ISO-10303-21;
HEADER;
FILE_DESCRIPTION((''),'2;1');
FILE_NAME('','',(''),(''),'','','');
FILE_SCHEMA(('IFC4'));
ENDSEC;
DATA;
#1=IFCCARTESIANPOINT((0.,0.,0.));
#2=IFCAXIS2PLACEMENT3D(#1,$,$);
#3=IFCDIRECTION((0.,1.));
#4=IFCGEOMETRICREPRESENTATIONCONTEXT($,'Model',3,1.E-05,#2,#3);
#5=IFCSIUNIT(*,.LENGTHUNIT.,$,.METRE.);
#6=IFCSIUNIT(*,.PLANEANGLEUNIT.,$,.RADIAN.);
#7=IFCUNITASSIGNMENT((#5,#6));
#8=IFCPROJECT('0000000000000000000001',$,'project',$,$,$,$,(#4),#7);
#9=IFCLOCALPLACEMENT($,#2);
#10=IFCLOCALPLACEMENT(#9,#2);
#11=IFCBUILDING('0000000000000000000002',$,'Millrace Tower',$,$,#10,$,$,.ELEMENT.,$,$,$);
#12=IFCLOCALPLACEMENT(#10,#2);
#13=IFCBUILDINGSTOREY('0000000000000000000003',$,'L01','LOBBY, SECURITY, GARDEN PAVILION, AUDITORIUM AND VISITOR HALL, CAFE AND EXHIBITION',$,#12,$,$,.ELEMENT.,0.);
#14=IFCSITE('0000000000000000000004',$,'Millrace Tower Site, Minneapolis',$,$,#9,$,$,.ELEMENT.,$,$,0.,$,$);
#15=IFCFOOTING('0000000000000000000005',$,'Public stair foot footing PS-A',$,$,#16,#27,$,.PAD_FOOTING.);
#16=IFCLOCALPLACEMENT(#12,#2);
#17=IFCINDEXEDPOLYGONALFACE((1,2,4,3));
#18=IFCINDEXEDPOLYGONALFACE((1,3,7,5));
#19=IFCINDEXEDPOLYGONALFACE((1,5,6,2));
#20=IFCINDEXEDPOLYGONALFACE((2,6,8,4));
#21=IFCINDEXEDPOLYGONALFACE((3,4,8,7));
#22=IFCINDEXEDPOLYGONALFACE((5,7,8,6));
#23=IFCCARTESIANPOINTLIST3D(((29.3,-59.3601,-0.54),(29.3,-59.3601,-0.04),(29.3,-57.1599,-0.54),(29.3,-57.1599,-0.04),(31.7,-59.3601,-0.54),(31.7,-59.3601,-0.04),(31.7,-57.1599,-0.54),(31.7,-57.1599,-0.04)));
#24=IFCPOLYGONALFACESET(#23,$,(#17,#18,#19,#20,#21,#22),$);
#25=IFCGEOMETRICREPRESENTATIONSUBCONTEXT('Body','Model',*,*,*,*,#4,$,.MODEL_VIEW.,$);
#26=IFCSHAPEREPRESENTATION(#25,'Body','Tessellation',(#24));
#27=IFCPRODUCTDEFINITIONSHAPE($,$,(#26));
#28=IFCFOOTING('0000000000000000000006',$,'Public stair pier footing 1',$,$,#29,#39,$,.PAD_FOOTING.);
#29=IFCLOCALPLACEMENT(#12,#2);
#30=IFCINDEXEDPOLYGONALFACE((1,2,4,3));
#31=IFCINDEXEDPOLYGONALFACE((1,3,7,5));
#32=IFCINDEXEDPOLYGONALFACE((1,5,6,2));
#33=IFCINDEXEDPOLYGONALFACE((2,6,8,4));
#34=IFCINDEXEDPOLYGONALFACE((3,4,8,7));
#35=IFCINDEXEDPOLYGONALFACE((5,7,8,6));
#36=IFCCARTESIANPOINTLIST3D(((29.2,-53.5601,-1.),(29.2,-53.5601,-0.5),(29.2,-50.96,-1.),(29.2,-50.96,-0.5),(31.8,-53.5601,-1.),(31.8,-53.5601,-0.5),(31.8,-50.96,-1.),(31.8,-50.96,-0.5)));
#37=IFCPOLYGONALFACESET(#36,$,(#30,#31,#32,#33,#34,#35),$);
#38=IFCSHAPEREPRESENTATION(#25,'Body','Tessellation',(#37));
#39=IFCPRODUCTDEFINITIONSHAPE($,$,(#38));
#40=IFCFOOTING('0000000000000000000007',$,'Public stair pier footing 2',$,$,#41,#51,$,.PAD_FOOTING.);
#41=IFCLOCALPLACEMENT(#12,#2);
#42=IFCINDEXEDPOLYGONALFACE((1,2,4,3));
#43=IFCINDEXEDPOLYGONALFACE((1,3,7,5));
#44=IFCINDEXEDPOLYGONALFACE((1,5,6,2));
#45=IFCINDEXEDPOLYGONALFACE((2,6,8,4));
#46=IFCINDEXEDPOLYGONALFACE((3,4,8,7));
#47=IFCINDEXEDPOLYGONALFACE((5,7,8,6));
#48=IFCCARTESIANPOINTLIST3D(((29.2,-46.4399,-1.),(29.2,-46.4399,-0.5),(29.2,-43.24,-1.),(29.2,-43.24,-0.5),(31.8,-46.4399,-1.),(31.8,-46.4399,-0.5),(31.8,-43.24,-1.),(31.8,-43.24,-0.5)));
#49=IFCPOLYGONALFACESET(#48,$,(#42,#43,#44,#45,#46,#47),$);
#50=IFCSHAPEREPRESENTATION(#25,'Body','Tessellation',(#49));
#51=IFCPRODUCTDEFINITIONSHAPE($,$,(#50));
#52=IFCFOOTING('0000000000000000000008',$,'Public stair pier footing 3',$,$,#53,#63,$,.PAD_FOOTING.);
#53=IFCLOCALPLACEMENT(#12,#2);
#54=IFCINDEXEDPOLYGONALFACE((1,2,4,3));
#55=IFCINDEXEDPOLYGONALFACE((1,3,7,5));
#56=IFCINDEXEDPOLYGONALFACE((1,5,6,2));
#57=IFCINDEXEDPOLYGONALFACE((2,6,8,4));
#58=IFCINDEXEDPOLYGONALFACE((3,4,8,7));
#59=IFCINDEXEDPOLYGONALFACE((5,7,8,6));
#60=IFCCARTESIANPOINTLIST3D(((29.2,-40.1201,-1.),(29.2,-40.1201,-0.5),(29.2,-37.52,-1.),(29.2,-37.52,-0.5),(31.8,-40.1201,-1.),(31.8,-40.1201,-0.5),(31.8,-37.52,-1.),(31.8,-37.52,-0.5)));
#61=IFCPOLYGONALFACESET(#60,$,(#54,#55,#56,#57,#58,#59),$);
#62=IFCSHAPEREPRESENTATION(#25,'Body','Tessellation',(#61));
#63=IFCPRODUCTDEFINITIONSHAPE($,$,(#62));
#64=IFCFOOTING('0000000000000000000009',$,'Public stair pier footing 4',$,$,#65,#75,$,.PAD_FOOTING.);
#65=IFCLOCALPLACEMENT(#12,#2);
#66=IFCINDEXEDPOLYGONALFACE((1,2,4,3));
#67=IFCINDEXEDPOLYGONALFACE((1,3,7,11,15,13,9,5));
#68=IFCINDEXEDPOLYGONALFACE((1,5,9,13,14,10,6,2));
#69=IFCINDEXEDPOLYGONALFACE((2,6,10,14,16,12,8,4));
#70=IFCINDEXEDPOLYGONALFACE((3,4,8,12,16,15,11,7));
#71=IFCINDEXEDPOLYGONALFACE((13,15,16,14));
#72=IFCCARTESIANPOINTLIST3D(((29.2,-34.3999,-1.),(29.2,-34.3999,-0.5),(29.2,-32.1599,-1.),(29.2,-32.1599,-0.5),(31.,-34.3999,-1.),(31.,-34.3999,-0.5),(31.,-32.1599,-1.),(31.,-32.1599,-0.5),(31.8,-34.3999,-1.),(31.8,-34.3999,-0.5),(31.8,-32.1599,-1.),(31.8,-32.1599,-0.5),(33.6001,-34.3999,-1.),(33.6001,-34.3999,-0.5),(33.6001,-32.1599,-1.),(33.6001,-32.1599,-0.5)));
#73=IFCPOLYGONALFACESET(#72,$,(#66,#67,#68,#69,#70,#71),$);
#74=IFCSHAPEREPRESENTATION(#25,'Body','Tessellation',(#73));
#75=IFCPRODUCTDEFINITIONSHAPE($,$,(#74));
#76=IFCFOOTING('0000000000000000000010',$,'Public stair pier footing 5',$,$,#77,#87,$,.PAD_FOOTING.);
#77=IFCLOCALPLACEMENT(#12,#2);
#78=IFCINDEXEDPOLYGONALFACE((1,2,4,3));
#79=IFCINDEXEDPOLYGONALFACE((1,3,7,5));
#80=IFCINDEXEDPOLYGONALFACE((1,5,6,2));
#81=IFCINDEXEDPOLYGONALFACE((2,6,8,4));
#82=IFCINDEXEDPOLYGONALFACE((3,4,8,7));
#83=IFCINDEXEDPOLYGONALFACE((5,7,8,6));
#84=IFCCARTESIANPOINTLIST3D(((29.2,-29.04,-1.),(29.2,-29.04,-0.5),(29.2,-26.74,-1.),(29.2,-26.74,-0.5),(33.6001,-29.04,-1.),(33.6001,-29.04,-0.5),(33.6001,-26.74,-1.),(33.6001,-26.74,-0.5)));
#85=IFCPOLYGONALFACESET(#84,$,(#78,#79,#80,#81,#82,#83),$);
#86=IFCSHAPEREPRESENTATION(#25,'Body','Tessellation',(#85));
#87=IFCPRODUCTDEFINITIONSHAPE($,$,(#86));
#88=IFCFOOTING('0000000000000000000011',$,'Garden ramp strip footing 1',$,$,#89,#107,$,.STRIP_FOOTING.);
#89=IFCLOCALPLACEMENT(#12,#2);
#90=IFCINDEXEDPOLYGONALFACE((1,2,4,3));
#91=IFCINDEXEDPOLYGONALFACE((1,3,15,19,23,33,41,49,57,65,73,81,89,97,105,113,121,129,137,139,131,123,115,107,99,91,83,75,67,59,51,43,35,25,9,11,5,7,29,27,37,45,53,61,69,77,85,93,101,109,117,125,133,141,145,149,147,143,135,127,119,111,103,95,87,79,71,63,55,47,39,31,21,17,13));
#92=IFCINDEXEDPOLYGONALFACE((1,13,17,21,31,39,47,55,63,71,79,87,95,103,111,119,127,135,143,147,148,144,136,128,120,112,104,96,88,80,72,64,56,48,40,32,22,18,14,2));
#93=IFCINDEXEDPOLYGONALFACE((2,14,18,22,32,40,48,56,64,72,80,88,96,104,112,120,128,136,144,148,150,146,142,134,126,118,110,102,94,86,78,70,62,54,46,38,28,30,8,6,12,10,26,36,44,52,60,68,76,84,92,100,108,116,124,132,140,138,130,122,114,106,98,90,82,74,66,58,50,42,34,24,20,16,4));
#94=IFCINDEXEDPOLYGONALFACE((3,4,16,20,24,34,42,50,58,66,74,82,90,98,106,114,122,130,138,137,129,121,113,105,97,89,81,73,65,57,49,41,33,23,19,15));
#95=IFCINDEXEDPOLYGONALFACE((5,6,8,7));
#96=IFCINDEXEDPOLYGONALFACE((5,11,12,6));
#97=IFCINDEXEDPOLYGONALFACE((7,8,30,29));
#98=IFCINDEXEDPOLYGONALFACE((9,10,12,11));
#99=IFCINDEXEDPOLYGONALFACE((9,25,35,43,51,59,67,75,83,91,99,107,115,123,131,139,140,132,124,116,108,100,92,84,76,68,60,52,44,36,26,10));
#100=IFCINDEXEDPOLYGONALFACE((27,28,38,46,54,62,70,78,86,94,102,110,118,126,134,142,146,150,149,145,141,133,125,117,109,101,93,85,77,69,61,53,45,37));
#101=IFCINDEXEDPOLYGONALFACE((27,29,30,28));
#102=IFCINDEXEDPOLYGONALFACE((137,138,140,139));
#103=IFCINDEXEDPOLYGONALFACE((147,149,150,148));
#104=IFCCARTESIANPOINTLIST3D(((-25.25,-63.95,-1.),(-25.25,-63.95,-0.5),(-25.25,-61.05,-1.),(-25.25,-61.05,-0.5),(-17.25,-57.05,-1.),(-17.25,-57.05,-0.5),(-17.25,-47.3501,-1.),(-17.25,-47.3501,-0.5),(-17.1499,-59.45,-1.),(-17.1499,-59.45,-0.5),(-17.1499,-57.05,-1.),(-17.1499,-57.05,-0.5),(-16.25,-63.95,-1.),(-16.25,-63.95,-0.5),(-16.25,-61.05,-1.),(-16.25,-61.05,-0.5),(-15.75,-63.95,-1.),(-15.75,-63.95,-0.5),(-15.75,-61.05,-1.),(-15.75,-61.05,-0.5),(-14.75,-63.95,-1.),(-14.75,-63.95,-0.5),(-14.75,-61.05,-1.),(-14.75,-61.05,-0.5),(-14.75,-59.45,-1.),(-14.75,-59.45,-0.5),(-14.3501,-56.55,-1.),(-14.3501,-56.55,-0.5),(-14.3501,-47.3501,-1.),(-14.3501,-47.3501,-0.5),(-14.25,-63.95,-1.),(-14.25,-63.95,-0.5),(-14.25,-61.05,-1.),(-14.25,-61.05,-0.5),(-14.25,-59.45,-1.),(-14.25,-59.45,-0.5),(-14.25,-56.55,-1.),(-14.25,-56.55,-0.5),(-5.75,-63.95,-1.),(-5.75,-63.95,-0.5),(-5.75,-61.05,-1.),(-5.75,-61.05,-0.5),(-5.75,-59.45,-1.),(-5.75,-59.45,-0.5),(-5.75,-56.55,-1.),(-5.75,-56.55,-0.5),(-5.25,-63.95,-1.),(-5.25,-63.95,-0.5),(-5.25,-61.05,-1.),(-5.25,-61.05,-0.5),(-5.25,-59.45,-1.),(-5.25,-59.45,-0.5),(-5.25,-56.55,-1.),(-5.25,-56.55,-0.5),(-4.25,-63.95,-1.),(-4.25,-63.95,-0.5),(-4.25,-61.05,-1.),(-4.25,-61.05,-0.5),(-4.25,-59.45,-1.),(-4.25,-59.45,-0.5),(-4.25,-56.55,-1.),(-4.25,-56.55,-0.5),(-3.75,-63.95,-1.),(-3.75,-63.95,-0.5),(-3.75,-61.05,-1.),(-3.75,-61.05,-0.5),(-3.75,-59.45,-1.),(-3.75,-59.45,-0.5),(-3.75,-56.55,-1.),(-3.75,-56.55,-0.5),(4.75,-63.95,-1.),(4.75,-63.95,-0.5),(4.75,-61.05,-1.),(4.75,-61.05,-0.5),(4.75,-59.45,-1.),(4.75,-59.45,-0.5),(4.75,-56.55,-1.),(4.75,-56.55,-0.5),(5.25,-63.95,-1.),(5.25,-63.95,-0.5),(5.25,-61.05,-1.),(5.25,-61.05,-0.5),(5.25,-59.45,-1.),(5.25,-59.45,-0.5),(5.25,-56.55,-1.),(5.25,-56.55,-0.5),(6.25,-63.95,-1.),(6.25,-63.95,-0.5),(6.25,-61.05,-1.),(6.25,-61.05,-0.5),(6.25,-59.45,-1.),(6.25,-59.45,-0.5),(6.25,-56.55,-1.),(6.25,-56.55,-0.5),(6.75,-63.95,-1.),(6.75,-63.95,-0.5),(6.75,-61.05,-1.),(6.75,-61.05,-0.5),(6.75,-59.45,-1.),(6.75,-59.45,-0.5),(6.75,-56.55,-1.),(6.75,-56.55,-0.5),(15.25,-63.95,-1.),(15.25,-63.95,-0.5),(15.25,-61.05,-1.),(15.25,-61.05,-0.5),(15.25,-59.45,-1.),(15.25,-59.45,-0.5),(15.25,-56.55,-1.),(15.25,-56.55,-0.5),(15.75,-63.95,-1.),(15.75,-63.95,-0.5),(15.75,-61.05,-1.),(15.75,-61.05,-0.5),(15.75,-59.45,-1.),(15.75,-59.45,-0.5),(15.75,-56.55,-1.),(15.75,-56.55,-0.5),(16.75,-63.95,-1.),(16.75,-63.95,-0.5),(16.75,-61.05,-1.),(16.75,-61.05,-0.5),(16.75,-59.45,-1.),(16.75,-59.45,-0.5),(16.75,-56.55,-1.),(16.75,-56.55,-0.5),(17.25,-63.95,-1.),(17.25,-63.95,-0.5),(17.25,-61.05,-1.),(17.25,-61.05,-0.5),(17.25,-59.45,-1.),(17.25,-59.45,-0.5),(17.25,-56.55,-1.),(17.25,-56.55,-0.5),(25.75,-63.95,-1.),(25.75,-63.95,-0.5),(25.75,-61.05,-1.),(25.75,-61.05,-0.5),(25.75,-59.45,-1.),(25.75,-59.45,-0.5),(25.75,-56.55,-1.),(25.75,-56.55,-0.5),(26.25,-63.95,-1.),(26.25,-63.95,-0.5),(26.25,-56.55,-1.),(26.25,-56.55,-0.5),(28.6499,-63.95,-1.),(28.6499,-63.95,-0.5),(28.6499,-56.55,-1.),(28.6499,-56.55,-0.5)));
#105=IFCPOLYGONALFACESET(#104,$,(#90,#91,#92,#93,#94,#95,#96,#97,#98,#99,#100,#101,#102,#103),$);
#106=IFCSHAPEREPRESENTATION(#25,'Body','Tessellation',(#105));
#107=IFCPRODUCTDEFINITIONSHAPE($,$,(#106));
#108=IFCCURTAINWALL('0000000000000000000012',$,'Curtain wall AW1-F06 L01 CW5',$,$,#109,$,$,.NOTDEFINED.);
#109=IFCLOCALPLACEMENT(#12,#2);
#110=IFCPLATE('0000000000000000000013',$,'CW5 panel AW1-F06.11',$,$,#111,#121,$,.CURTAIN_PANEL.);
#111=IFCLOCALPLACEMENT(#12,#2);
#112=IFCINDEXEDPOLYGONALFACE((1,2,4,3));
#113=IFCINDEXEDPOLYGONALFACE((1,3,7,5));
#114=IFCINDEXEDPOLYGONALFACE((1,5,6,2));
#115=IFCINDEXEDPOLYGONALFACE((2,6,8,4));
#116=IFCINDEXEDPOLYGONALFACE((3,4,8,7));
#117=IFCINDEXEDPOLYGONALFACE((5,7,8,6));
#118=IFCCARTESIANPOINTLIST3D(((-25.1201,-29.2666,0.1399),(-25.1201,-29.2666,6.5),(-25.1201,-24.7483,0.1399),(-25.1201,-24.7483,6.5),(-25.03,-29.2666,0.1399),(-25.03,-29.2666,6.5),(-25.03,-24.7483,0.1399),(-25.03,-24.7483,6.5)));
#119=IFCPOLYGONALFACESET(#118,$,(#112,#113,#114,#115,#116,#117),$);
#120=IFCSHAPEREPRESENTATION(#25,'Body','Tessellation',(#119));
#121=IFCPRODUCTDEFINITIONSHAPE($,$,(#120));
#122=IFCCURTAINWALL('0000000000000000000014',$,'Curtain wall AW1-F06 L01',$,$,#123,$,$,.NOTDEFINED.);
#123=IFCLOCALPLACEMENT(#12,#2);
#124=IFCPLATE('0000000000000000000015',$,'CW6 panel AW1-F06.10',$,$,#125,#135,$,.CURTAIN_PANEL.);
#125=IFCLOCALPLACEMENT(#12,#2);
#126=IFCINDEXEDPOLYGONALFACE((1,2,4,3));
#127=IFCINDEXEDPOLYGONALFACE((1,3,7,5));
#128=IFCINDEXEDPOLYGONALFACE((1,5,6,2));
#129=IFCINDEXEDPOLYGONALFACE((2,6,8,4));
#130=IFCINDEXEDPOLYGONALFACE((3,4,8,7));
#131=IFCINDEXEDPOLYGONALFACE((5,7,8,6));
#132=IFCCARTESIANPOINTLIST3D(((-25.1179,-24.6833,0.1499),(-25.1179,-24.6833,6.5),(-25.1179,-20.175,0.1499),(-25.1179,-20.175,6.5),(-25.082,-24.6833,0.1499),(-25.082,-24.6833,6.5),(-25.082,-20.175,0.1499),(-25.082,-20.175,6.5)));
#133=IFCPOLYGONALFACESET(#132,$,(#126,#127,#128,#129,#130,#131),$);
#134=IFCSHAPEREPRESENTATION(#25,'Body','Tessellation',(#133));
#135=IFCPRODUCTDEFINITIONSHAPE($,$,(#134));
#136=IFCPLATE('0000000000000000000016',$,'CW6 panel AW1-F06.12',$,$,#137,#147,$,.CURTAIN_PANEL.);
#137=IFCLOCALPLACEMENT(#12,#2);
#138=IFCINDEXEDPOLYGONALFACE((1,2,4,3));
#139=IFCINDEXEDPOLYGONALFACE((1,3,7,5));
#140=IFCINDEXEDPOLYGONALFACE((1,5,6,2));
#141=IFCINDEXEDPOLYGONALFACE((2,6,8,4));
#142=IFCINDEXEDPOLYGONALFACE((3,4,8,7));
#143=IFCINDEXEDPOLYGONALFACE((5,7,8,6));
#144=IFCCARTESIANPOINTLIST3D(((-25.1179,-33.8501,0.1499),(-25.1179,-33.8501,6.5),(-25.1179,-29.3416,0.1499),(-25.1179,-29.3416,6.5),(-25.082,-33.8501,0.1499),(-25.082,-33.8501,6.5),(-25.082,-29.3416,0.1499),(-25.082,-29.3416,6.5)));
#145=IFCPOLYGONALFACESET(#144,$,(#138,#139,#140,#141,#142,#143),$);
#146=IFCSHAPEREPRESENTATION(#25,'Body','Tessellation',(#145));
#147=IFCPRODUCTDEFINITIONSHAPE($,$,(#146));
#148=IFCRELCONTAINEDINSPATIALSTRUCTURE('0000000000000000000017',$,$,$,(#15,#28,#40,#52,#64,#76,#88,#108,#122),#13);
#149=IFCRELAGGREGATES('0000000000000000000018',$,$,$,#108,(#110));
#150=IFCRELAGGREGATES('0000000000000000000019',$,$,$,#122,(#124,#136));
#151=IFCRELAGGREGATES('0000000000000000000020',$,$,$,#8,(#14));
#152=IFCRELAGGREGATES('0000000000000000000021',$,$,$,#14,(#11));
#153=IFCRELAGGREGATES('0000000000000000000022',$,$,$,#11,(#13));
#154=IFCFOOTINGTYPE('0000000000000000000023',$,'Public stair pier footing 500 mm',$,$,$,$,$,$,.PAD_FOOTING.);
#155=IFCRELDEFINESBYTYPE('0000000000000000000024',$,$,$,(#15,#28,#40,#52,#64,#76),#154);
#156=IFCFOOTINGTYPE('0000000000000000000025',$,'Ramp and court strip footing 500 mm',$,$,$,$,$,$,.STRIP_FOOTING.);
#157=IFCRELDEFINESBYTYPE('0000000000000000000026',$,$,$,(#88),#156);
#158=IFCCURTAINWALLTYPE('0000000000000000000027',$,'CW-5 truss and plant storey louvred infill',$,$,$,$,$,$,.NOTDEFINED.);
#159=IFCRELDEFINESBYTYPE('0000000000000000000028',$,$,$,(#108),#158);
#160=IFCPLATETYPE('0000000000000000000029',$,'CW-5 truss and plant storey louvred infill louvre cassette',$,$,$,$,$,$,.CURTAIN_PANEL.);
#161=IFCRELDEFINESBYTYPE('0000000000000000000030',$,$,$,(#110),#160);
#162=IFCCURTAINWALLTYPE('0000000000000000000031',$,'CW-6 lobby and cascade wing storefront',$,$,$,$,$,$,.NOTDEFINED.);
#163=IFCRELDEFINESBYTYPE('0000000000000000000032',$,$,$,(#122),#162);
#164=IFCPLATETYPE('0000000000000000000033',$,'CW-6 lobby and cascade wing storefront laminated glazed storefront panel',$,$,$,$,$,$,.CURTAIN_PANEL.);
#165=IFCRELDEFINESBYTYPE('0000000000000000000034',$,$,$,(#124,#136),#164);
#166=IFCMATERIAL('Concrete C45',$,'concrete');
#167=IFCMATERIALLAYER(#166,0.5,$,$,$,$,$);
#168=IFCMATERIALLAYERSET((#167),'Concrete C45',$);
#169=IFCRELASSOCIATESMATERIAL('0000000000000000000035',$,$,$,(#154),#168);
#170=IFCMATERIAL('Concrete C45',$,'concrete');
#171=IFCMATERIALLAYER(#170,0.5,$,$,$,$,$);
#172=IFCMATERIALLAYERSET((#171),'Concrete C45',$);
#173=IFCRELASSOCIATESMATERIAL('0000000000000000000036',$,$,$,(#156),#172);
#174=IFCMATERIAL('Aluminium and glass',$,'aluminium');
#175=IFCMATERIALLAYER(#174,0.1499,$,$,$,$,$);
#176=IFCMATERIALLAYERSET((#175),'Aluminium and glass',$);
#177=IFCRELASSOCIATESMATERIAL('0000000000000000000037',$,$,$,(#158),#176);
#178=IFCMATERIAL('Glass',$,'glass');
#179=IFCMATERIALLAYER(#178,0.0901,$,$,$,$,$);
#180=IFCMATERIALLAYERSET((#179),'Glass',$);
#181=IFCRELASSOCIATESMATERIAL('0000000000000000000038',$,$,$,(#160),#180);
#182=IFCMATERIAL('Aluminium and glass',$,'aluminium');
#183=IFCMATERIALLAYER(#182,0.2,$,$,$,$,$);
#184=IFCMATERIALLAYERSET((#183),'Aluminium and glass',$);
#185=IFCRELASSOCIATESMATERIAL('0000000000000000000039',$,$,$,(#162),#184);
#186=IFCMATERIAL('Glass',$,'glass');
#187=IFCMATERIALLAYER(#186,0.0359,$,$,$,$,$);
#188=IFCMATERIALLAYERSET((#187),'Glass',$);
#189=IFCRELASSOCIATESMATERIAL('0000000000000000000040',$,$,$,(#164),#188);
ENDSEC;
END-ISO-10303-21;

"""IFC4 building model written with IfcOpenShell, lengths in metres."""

from ifc_helpers import new_model, si_unit, direction, frame, origin, place, context, subcontext, project, spatial, polyline, outline, extrude, material, layer, layer_set, type_object, element, aggregate, save


model = new_model("IFC4")

# Units and contexts
model_context = context("Model", 3, precision=1e-05, world=origin(), true_north=direction((0.0, 1.0)))
body_context = subcontext(model_context, "Body", "Model", "MODEL_VIEW")
ifc_project = project(units=[si_unit("LENGTHUNIT", "METRE"), si_unit("PLANEANGLEUNIT", "RADIAN")], contexts=[model_context])

# Site, building, storey
site_placement = place(None, origin())
site = spatial("IfcSite", under=ifc_project, at=site_placement, Name="Millrace Tower Site, Minneapolis", CompositionType="ELEMENT", RefElevation=0.0)
building_placement = place(site_placement, origin())
building = spatial("IfcBuilding", under=site, at=building_placement, Name="Millrace Tower", CompositionType="ELEMENT")
storey_placement = place(building_placement, origin())
storey = spatial("IfcBuildingStorey", under=building, at=storey_placement, Name="L01", Description="LOBBY, SECURITY, GARDEN PAVILION, AUDITORIUM AND VISITOR HALL, CAFE AND EXHIBITION", CompositionType="ELEMENT", Elevation=0.0)

# Footings
ifc_material_1 = material(Name="Concrete C45", Category="concrete")
ifc_layer_1 = layer(ifc_material_1, 0.5)
ifc_layer_set_1 = layer_set([ifc_layer_1], Name="Concrete C45")
footing_type_1 = type_object("IfcFootingType", Name="Public stair pier footing 500 mm", PredefinedType="PAD_FOOTING", material=ifc_layer_set_1)
footing_1_placement = place(storey_placement, frame((0.0, 0.0, -0.54)))
element("IfcFooting", 1, at=footing_1_placement, inside=storey, type_object=footing_type_1, Name="Public stair foot footing PS-A", PredefinedType="PAD_FOOTING", context=body_context, shape_type="SweptSolid", body=[
    extrude(outline(polyline([(31.7, -59.3601), (31.7, -57.1599), (29.3, -57.1599), (29.3, -59.3601), (31.7, -59.3601)])), origin(), (0.0, 0.0, 1.0), 0.5),
])
placement_1 = place(storey_placement, frame((0.0, 0.0, -1.0)))
element("IfcFooting", 2, at=placement_1, inside=storey, type_object=footing_type_1, Name="Public stair pier footing 1", PredefinedType="PAD_FOOTING", context=body_context, shape_type="SweptSolid", body=[
    extrude(outline(polyline([(29.2, -50.96), (31.8, -50.96), (31.8, -53.5601), (29.2, -53.5601), (29.2, -50.96)])), origin(), (0.0, 0.0, 1.0), 0.5),
])
element("IfcFooting", 3, at=placement_1, inside=storey, type_object=footing_type_1, Name="Public stair pier footing 2", PredefinedType="PAD_FOOTING", context=body_context, shape_type="SweptSolid", body=[
    extrude(outline(polyline([(31.8, -43.24), (31.8, -46.4399), (29.2, -46.4399), (29.2, -43.24), (31.8, -43.24)])), origin(), (0.0, 0.0, 1.0), 0.5),
])
element("IfcFooting", 4, at=placement_1, inside=storey, type_object=footing_type_1, Name="Public stair pier footing 3", PredefinedType="PAD_FOOTING", context=body_context, shape_type="SweptSolid", body=[
    extrude(outline(polyline([(31.8, -37.52), (31.8, -40.1201), (29.2, -40.1201), (29.2, -37.52), (31.8, -37.52)])), origin(), (0.0, 0.0, 1.0), 0.5),
])
element("IfcFooting", 5, at=placement_1, inside=storey, type_object=footing_type_1, Name="Public stair pier footing 4", PredefinedType="PAD_FOOTING", context=body_context, shape_type="SweptSolid", body=[
    extrude(outline(polyline([(33.6001, -32.1599), (33.6001, -34.3999), (31.8, -34.3999), (31.0, -34.3999), (29.2, -34.3999), (29.2, -32.1599), (31.0, -32.1599), (31.8, -32.1599), (33.6001, -32.1599)])), origin(), (0.0, 0.0, 1.0), 0.5),
])
element("IfcFooting", 6, at=placement_1, inside=storey, type_object=footing_type_1, Name="Public stair pier footing 5", PredefinedType="PAD_FOOTING", context=body_context, shape_type="SweptSolid", body=[
    extrude(outline(polyline([(33.6001, -26.74), (33.6001, -29.04), (29.2, -29.04), (29.2, -26.74), (33.6001, -26.74)])), origin(), (0.0, 0.0, 1.0), 0.5),
])
ifc_material_2 = material(Name="Concrete C45", Category="concrete")
ifc_layer_2 = layer(ifc_material_2, 0.5)
ifc_layer_set_2 = layer_set([ifc_layer_2], Name="Concrete C45")
footing_type_2 = type_object("IfcFootingType", Name="Ramp and court strip footing 500 mm", PredefinedType="STRIP_FOOTING", material=ifc_layer_set_2)
element("IfcFooting", 7, at=placement_1, inside=storey, type_object=footing_type_2, Name="Garden ramp strip footing 1", PredefinedType="STRIP_FOOTING", context=body_context, shape_type="SweptSolid", body=[
    extrude(outline(polyline([(-16.25, -61.05), (-15.75, -61.05), (-14.75, -61.05), (-14.25, -61.05), (-5.75, -61.05), (-5.25, -61.05), (-4.25, -61.05), (-3.75, -61.05), (4.75, -61.05), (5.25, -61.05), (6.25, -61.05), (6.75, -61.05), (15.25, -61.05), (15.75, -61.05), (16.75, -61.05), (17.25, -61.05), (25.75, -61.05), (25.75, -59.45), (17.25, -59.45), (16.75, -59.45), (15.75, -59.45), (15.25, -59.45), (6.75, -59.45), (6.25, -59.45), (5.25, -59.45), (4.75, -59.45), (-3.75, -59.45), (-4.25, -59.45), (-5.25, -59.45), (-5.75, -59.45), (-14.25, -59.45), (-14.75, -59.45), (-17.1499, -59.45), (-17.1499, -57.05), (-17.25, -57.05), (-17.25, -47.3501), (-14.3501, -47.3501), (-14.3501, -56.55), (-14.25, -56.55), (-5.75, -56.55), (-5.25, -56.55), (-4.25, -56.55), (-3.75, -56.55), (4.75, -56.55), (5.25, -56.55), (6.25, -56.55), (6.75, -56.55), (15.25, -56.55), (15.75, -56.55), (16.75, -56.55), (17.25, -56.55), (25.75, -56.55), (26.25, -56.55), (28.6499, -56.55), (28.6499, -63.95), (26.25, -63.95), (25.75, -63.95), (17.25, -63.95), (16.75, -63.95), (15.75, -63.95), (15.25, -63.95), (6.75, -63.95), (6.25, -63.95), (5.25, -63.95), (4.75, -63.95), (-3.75, -63.95), (-4.25, -63.95), (-5.25, -63.95), (-5.75, -63.95), (-14.25, -63.95), (-14.75, -63.95), (-15.75, -63.95), (-16.25, -63.95), (-25.25, -63.95), (-25.25, -61.05), (-16.25, -61.05)])), origin(), (0.0, 0.0, 1.0), 0.5),
])

# Curtain wall, plate
ifc_material_3 = material(Name="Aluminium and glass", Category="aluminium")
ifc_layer_3 = layer(ifc_material_3, 0.1499)
ifc_layer_set_3 = layer_set([ifc_layer_3], Name="Aluminium and glass")
curtain_wall_type_1 = type_object("IfcCurtainWallType", Name="CW-5 truss and plant storey louvred infill", PredefinedType="NOTDEFINED", material=ifc_layer_set_3)
placement_2 = place(storey_placement, origin())
curtain_wall_1 = element("IfcCurtainWall", 8, at=placement_2, inside=storey, type_object=curtain_wall_type_1, Name="Curtain wall AW1-F06 L01 CW5", PredefinedType="NOTDEFINED")
ifc_material_4 = material(Name="Glass", Category="glass")
ifc_layer_4 = layer(ifc_material_4, 0.0901)
ifc_layer_set_4 = layer_set([ifc_layer_4], Name="Glass")
plate_type_1 = type_object("IfcPlateType", Name="CW-5 truss and plant storey louvred infill louvre cassette", PredefinedType="CURTAIN_PANEL", material=ifc_layer_set_4)
plate_1_placement = place(storey_placement, frame((0.0, 0.0, 0.1399)))
plate_1 = element("IfcPlate", 9, at=plate_1_placement, type_object=plate_type_1, Name="CW5 panel AW1-F06.11", PredefinedType="CURTAIN_PANEL", context=body_context, shape_type="SweptSolid", body=[
    extrude(outline(polyline([(-25.1201, -24.7483), (-25.1201, -29.2666), (-25.03, -29.2666), (-25.03, -24.7483), (-25.1201, -24.7483)])), origin(), (0.0, 0.0, 1.0), 6.3601),
])
aggregate(curtain_wall_1, [plate_1])

# Curtain wall, plates
ifc_material_5 = material(Name="Aluminium and glass", Category="aluminium")
ifc_layer_5 = layer(ifc_material_5, 0.2)
ifc_layer_set_5 = layer_set([ifc_layer_5], Name="Aluminium and glass")
curtain_wall_type_2 = type_object("IfcCurtainWallType", Name="CW-6 lobby and cascade wing storefront", PredefinedType="NOTDEFINED", material=ifc_layer_set_5)
curtain_wall_2 = element("IfcCurtainWall", 10, at=placement_2, inside=storey, type_object=curtain_wall_type_2, Name="Curtain wall AW1-F06 L01", PredefinedType="NOTDEFINED")
ifc_material_6 = material(Name="Glass", Category="glass")
ifc_layer_6 = layer(ifc_material_6, 0.0359)
ifc_layer_set_6 = layer_set([ifc_layer_6], Name="Glass")
plate_type_2 = type_object("IfcPlateType", Name="CW-6 lobby and cascade wing storefront laminated glazed storefront panel", PredefinedType="CURTAIN_PANEL", material=ifc_layer_set_6)
placement_3 = place(storey_placement, frame((0.0, 0.0, 0.1499)))
plate_2 = element("IfcPlate", 11, at=placement_3, type_object=plate_type_2, Name="CW6 panel AW1-F06.10", PredefinedType="CURTAIN_PANEL", context=body_context, shape_type="SweptSolid", body=[
    extrude(outline(polyline([(-25.1179, -20.175), (-25.1179, -24.6833), (-25.082, -24.6833), (-25.082, -20.175), (-25.1179, -20.175)])), origin(), (0.0, 0.0, 1.0), 6.3501),
])
plate_3 = element("IfcPlate", 12, at=placement_3, type_object=plate_type_2, Name="CW6 panel AW1-F06.12", PredefinedType="CURTAIN_PANEL", context=body_context, shape_type="SweptSolid", body=[
    extrude(outline(polyline([(-25.1179, -29.3416), (-25.1179, -33.8501), (-25.082, -33.8501), (-25.082, -29.3416), (-25.1179, -29.3416)])), origin(), (0.0, 0.0, 1.0), 6.3501),
])
aggregate(curtain_wall_2, [plate_2, plate_3])

save(model, "model.ifc")
